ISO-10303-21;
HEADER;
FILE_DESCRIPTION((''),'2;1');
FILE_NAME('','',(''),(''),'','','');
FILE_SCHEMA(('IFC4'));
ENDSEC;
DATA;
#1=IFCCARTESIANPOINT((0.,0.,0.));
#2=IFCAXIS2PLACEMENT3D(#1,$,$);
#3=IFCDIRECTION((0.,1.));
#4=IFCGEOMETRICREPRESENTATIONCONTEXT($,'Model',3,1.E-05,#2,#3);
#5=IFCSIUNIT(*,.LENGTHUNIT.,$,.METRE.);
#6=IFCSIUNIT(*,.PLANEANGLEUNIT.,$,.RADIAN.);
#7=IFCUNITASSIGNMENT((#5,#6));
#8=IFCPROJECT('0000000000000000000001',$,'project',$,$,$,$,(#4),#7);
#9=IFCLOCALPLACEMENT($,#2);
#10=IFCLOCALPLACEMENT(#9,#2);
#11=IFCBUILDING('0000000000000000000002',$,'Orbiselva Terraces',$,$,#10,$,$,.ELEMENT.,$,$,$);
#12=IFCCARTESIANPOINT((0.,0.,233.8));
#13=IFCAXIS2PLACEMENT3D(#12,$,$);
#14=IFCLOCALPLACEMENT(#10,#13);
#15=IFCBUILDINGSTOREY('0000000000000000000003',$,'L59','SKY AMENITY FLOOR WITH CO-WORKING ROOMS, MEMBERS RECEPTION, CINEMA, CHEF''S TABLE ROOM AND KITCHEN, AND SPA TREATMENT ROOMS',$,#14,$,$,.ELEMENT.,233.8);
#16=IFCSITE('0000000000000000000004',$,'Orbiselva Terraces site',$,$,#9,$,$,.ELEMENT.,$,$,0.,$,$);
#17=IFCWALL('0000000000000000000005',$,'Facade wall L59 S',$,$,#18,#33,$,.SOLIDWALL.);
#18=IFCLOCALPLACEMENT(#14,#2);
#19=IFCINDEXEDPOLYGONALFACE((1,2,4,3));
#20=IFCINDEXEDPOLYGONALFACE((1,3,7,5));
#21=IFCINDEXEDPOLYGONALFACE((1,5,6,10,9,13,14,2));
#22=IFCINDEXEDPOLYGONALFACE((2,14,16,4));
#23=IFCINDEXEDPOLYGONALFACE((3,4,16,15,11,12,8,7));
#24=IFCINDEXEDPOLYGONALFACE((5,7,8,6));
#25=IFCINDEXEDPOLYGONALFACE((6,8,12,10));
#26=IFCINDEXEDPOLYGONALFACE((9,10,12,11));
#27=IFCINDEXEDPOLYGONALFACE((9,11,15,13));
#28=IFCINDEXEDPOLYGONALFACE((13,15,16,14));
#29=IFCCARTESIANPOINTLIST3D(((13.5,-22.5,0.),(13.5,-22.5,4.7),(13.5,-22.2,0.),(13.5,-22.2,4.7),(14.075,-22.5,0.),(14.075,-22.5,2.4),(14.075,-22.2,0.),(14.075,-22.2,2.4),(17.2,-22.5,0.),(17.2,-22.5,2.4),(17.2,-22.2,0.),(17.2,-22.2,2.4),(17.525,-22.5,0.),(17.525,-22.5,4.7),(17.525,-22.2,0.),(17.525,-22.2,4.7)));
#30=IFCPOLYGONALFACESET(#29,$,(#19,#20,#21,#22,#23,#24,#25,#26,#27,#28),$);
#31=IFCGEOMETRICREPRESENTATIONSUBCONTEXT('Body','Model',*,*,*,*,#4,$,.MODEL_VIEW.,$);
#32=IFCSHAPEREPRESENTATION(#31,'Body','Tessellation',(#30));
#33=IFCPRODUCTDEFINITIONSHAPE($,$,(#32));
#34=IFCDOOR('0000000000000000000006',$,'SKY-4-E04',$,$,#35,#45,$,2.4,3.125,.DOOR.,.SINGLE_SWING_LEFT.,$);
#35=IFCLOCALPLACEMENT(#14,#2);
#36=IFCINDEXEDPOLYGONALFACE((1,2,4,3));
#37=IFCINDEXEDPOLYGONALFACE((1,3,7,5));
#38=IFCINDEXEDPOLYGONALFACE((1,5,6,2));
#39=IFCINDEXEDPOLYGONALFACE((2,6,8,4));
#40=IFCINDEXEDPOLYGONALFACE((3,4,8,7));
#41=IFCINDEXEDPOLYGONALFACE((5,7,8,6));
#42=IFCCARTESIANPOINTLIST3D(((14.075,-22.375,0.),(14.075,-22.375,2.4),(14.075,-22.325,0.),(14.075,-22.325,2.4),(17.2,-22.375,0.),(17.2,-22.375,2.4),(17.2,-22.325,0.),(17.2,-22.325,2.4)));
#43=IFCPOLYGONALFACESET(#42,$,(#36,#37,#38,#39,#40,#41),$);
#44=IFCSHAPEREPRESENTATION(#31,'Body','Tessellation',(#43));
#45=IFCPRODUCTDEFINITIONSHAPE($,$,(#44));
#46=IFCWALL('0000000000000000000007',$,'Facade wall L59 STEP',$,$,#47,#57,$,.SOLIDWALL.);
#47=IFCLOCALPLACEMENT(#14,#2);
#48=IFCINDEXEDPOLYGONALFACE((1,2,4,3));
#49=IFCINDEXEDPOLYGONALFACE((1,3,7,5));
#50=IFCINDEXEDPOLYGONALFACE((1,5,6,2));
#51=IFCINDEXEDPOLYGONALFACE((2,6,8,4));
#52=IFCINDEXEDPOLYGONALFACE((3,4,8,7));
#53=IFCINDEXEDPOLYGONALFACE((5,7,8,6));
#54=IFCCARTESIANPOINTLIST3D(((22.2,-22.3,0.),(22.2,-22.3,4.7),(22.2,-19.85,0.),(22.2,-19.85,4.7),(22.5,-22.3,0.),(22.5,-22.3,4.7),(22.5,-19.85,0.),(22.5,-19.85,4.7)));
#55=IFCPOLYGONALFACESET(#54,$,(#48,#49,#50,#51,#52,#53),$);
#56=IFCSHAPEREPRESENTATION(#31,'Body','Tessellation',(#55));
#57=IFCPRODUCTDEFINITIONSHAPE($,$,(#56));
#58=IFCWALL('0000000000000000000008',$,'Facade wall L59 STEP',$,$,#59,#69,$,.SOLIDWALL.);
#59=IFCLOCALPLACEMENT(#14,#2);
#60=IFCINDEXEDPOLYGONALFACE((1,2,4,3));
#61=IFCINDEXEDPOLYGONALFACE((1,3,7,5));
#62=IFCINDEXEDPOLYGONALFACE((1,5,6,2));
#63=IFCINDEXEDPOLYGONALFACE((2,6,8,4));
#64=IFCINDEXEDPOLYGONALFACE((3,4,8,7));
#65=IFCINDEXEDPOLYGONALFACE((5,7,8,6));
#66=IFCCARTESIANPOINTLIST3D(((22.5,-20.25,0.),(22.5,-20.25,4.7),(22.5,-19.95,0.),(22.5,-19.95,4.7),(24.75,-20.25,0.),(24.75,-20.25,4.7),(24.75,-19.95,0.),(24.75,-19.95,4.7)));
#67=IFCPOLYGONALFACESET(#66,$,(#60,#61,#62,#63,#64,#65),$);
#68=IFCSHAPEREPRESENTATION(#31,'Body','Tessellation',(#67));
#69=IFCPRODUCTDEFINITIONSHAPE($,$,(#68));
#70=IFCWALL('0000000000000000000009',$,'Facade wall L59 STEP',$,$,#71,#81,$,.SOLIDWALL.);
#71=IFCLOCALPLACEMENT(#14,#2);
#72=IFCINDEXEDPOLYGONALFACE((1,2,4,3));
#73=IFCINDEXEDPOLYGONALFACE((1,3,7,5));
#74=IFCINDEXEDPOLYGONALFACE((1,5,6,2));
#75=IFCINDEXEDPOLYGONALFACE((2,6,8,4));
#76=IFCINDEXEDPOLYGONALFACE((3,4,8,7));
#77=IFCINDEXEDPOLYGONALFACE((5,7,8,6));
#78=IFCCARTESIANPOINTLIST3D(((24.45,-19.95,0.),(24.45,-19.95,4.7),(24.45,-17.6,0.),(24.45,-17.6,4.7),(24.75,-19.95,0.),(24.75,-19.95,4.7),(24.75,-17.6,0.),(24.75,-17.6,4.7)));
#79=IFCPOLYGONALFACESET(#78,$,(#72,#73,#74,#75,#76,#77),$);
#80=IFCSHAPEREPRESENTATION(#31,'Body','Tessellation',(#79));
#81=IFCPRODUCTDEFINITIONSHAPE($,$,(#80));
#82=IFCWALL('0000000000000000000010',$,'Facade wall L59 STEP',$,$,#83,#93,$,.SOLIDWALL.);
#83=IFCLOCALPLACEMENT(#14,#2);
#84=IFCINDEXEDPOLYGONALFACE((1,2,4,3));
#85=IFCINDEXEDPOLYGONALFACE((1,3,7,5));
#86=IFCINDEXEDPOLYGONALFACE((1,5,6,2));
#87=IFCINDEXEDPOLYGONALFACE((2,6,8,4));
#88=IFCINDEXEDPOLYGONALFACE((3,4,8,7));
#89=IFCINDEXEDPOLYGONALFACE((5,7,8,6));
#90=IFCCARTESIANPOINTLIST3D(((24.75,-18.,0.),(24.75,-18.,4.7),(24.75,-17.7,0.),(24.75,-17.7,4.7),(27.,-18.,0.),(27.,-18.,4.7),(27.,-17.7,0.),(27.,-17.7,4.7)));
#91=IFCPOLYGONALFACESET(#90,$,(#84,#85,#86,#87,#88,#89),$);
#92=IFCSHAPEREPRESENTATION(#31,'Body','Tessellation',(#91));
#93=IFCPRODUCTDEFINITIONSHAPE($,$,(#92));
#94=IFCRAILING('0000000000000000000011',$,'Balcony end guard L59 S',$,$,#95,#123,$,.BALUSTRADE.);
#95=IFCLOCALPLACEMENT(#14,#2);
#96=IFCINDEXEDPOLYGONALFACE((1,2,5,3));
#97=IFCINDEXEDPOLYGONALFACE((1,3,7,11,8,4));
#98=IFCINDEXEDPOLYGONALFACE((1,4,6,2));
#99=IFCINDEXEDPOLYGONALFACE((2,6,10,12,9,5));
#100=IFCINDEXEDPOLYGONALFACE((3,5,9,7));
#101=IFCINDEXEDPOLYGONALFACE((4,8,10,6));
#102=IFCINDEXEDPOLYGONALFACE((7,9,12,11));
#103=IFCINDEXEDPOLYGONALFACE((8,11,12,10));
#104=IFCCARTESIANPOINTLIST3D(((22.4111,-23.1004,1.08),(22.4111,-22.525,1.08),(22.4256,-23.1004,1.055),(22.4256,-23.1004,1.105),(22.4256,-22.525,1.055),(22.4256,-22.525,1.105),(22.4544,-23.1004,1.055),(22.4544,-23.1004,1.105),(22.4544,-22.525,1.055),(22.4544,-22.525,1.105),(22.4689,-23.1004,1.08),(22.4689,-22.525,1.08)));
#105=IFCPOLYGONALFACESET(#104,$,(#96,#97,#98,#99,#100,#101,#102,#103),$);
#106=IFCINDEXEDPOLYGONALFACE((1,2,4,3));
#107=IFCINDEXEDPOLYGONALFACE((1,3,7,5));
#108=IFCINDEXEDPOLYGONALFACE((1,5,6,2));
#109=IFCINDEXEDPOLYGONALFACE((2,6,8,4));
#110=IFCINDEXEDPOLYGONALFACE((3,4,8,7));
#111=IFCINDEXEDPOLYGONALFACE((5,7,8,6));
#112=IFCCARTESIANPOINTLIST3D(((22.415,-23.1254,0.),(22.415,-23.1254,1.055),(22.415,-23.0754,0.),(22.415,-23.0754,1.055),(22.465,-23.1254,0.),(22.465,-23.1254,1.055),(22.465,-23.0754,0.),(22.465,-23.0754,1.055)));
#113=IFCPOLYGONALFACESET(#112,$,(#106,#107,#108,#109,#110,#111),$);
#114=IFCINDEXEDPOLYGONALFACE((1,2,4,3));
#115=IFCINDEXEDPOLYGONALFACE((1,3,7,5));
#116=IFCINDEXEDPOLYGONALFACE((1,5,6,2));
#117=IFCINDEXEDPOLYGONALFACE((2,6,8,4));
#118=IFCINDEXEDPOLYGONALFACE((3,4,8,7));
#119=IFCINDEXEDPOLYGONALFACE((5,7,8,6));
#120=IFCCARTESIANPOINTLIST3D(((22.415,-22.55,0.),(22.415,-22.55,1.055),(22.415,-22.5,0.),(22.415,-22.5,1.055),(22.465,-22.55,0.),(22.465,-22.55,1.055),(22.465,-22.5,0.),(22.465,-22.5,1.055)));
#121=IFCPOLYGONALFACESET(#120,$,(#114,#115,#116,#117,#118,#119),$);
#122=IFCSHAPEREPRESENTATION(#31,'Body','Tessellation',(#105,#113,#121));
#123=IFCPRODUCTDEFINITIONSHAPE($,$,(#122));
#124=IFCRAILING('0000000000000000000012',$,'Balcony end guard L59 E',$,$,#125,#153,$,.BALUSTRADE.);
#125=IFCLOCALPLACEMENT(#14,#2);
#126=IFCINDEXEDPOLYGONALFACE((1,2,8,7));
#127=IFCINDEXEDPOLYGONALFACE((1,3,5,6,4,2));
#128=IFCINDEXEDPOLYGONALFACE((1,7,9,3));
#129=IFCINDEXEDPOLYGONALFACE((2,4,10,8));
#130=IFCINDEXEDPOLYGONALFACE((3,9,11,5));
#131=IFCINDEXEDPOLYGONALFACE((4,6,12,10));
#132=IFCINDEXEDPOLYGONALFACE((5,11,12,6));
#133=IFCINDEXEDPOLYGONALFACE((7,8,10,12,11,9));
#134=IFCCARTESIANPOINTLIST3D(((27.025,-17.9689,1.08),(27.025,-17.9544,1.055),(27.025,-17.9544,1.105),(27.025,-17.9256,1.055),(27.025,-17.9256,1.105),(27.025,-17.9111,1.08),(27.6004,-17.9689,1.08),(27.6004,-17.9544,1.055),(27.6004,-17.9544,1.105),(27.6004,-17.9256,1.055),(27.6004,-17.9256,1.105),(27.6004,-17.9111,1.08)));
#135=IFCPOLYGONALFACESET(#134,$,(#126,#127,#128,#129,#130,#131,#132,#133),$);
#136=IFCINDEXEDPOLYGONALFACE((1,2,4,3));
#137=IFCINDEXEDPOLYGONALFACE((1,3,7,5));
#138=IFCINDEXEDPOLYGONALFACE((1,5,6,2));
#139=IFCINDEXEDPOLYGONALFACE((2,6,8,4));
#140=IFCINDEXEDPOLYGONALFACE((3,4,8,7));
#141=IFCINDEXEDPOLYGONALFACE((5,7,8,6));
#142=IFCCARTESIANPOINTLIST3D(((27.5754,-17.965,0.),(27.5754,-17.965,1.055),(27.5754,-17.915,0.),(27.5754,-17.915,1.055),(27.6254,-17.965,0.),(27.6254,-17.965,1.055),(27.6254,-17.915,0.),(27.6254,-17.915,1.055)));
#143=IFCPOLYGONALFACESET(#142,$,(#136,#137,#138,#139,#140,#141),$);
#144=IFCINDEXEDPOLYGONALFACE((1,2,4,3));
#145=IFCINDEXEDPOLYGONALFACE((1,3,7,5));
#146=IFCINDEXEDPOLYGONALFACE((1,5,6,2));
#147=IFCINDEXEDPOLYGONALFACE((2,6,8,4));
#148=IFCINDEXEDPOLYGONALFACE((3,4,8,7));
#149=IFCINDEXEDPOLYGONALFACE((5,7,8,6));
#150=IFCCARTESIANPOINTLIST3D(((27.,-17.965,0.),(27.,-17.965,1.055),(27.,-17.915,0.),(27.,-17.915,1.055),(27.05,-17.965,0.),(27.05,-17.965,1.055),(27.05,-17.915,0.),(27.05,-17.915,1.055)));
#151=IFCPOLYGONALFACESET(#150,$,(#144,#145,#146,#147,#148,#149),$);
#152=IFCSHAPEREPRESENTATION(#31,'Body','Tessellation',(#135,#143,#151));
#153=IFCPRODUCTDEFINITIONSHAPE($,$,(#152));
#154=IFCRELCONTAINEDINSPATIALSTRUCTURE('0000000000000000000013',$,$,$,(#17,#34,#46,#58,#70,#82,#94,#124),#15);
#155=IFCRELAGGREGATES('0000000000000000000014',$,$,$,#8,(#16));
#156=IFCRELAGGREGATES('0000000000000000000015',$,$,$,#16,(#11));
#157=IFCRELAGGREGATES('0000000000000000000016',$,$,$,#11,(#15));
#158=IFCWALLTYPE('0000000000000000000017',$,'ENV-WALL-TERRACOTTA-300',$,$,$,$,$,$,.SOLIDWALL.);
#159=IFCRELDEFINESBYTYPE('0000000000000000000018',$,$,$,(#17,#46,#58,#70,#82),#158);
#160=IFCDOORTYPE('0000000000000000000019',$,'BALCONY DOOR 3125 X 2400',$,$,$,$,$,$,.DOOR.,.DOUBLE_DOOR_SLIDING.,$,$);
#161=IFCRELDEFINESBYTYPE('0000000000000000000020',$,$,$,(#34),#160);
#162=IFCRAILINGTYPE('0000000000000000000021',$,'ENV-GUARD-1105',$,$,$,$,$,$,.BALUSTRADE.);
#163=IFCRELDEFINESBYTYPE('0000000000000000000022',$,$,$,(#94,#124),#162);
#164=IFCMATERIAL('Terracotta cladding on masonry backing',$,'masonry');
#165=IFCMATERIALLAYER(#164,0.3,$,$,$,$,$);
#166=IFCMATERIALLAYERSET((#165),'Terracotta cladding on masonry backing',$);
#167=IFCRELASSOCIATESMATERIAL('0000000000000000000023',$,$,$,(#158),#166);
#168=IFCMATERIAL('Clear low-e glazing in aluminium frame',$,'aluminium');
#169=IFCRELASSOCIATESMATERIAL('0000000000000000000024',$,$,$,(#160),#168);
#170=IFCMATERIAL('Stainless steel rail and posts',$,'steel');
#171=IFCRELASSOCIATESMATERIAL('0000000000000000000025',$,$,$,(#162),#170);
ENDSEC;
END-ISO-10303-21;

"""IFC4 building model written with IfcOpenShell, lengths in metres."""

from ifc_helpers import new_model, si_unit, direction, frame, frame_2d, origin, origin_2d, place, context, subcontext, project, spatial, polyline, rectangle, outline, extrude, material, layer, layer_set, type_object, element, fill, save


model = new_model("IFC4")

# Units and contexts
model_context = context("Model", 3, precision=1e-05, world=origin(), true_north=direction((0.0, 1.0)))
body_context = subcontext(model_context, "Body", "Model", "MODEL_VIEW")
ifc_project = project(units=[si_unit("LENGTHUNIT", "METRE"), si_unit("PLANEANGLEUNIT", "RADIAN")], contexts=[model_context])

# Site, building, storey
site_placement = place(None, origin())
site = spatial("IfcSite", under=ifc_project, at=site_placement, Name="Orbiselva Terraces site", CompositionType="ELEMENT", RefElevation=0.0)
building_placement = place(site_placement, origin())
building = spatial("IfcBuilding", under=site, at=building_placement, Name="Orbiselva Terraces", CompositionType="ELEMENT")
storey_placement = place(building_placement, frame((0.0, 0.0, 233.8)))
storey = spatial("IfcBuildingStorey", under=building, at=storey_placement, Name="L59", Description="SKY AMENITY FLOOR WITH CO-WORKING ROOMS, MEMBERS RECEPTION, CINEMA, CHEF'S TABLE ROOM AND KITCHEN, AND SPA TREATMENT ROOMS", CompositionType="ELEMENT", Elevation=233.8)

# Shared definitions
ifc_material_1 = material(Name="Clear low-e glazing in aluminium frame", Category="aluminium")

# Wall, opening, door
ifc_material_2 = material(Name="Terracotta cladding on masonry backing", Category="masonry")
ifc_layer_1 = layer(ifc_material_2, 0.3)
ifc_layer_set_1 = layer_set([ifc_layer_1], Name="Terracotta cladding on masonry backing")
wall_type = type_object("IfcWallType", Name="ENV-WALL-TERRACOTTA-300", PredefinedType="SOLIDWALL", material=ifc_layer_set_1)
wall_1_placement = place(storey_placement, frame((17.525, -22.35, 0.0), z_axis=(0.0, 0.0, 1.0), x_axis=(-1.0, 0.0, 0.0)))
wall_1 = element("IfcWall", 1, at=wall_1_placement, inside=storey, type_object=wall_type, Name="Facade wall L59 S", PredefinedType="SOLIDWALL", context=body_context, shape_type="SweptSolid", body=[
    extrude(rectangle(XDim=4.025, YDim=0.3, at=frame_2d((2.0125, 0.0))), origin(), (0.0, 0.0, 1.0), 4.7),
])
opening_placement = place(wall_1_placement, frame((0.325, 0.0, 0.0)))
opening = element("IfcOpeningElement", 2, at=opening_placement, cuts=wall_1, PredefinedType="OPENING", context=body_context, shape_type="SweptSolid", body=[
    extrude(rectangle(XDim=3.125, YDim=2.4, at=frame_2d((1.5625, 1.2))), frame((0.0, 0.16, 0.0), z_axis=(0.0, -1.0, 0.0), x_axis=(1.0, 0.0, 0.0)), (0.0, 0.0, 1.0), 0.32),
])
door_type = type_object("IfcDoorType", Name="BALCONY DOOR 3125 X 2400", OperationType="DOUBLE_DOOR_SLIDING", PredefinedType="DOOR", material=ifc_material_1)
door_placement = place(opening_placement, origin())
door = element("IfcDoor", 3, at=door_placement, inside=storey, type_object=door_type, Name="SKY-4-E04", OperationType="SINGLE_SWING_LEFT", OverallHeight=2.4, OverallWidth=3.125, PredefinedType="DOOR", context=body_context, shape_type="SweptSolid", body=[
    extrude(rectangle(XDim=3.125, YDim=2.4, at=frame_2d((1.5625, 1.2))), frame((0.0, 0.025, 0.0), z_axis=(0.0, -1.0, 0.0), x_axis=(1.0, 0.0, 0.0)), (0.0, 0.0, 1.0), 0.05),
])
fill(opening, door)

# Walls
wall_2_placement = place(storey_placement, frame((22.35, -19.85, 0.0), z_axis=(0.0, 0.0, 1.0), x_axis=(0.0, -1.0, 0.0)))
element("IfcWall", 4, at=wall_2_placement, inside=storey, type_object=wall_type, Name="Facade wall L59 STEP", PredefinedType="SOLIDWALL", context=body_context, shape_type="SweptSolid", body=[
    extrude(rectangle(XDim=2.45, YDim=0.3, at=frame_2d((1.225, 0.0))), origin(), (0.0, 0.0, 1.0), 4.7),
])
wall_3_placement = place(storey_placement, frame((24.75, -20.1, 0.0), z_axis=(0.0, 0.0, 1.0), x_axis=(-1.0, 0.0, 0.0)))
element("IfcWall", 5, at=wall_3_placement, inside=storey, type_object=wall_type, Name="Facade wall L59 STEP", PredefinedType="SOLIDWALL", context=body_context, shape_type="SweptSolid", body=[
    extrude(rectangle(XDim=2.25, YDim=0.3, at=frame_2d((1.125, 0.0))), origin(), (0.0, 0.0, 1.0), 4.7),
])
wall_4_placement = place(storey_placement, frame((24.6, -17.6, 0.0), z_axis=(0.0, 0.0, 1.0), x_axis=(0.0, -1.0, 0.0)))
element("IfcWall", 6, at=wall_4_placement, inside=storey, type_object=wall_type, Name="Facade wall L59 STEP", PredefinedType="SOLIDWALL", context=body_context, shape_type="SweptSolid", body=[
    extrude(rectangle(XDim=2.35, YDim=0.3, at=frame_2d((1.175, 0.0))), origin(), (0.0, 0.0, 1.0), 4.7),
])
wall_5_placement = place(storey_placement, frame((27.0, -17.85, 0.0), z_axis=(0.0, 0.0, 1.0), x_axis=(-1.0, 0.0, 0.0)))
element("IfcWall", 7, at=wall_5_placement, inside=storey, type_object=wall_type, Name="Facade wall L59 STEP", PredefinedType="SOLIDWALL", context=body_context, shape_type="SweptSolid", body=[
    extrude(rectangle(XDim=2.25, YDim=0.3, at=frame_2d((1.125, 0.0))), origin(), (0.0, 0.0, 1.0), 4.7),
])

# Railings
ifc_material_3 = material(Name="Stainless steel rail and posts", Category="steel")
railing_type_1 = type_object("IfcRailingType", Name="ENV-GUARD-1105", PredefinedType="BALUSTRADE", material=ifc_material_3)
railing_1_placement = place(storey_placement, frame((22.44, -23.1004, 0.0)))
element("IfcRailing", 8, at=railing_1_placement, inside=storey, type_object=railing_type_1, Name="Balcony end guard L59 S", PredefinedType="BALUSTRADE", context=body_context, shape_type="SweptSolid", body=[
    extrude(outline(polyline([(0.0289, 0.0), (0.0144, 0.025), (-0.0144, 0.025), (-0.0289, 0.0), (-0.0144, -0.025), (0.0144, -0.025), (0.0289, 0.0)])), frame((0.0, 0.0, 1.08), z_axis=(0.0, 1.0, 0.0), x_axis=(-1.0, 0.0, 0.0)), (0.0, 0.0, 1.0), 0.5754),
    extrude(rectangle(XDim=0.05, YDim=0.05, at=origin_2d()), origin(), (0.0, 0.0, 1.0), 1.055),
    extrude(rectangle(XDim=0.05, YDim=0.05, at=origin_2d()), frame((0.0, 0.5754, 0.0)), (0.0, 0.0, 1.0), 1.055),
])
railing_2_placement = place(storey_placement, frame((27.6004, -17.94, 0.0)))
element("IfcRailing", 9, at=railing_2_placement, inside=storey, type_object=railing_type_1, Name="Balcony end guard L59 E", PredefinedType="BALUSTRADE", context=body_context, shape_type="SweptSolid", body=[
    extrude(outline(polyline([(0.0289, 0.0), (0.0144, 0.025), (-0.0144, 0.025), (-0.0289, 0.0), (-0.0144, -0.025), (0.0144, -0.025), (0.0289, 0.0)])), frame((0.0, 0.0, 1.08), z_axis=(-1.0, 0.0, 0.0), x_axis=(0.0, -1.0, 0.0)), (0.0, 0.0, 1.0), 0.5754),
    extrude(rectangle(XDim=0.05, YDim=0.05, at=origin_2d()), origin(), (0.0, 0.0, 1.0), 1.055),
    extrude(rectangle(XDim=0.05, YDim=0.05, at=origin_2d()), frame((-0.5754, 0.0, 0.0)), (0.0, 0.0, 1.0), 1.055),
])

save(model, "model.ifc")
